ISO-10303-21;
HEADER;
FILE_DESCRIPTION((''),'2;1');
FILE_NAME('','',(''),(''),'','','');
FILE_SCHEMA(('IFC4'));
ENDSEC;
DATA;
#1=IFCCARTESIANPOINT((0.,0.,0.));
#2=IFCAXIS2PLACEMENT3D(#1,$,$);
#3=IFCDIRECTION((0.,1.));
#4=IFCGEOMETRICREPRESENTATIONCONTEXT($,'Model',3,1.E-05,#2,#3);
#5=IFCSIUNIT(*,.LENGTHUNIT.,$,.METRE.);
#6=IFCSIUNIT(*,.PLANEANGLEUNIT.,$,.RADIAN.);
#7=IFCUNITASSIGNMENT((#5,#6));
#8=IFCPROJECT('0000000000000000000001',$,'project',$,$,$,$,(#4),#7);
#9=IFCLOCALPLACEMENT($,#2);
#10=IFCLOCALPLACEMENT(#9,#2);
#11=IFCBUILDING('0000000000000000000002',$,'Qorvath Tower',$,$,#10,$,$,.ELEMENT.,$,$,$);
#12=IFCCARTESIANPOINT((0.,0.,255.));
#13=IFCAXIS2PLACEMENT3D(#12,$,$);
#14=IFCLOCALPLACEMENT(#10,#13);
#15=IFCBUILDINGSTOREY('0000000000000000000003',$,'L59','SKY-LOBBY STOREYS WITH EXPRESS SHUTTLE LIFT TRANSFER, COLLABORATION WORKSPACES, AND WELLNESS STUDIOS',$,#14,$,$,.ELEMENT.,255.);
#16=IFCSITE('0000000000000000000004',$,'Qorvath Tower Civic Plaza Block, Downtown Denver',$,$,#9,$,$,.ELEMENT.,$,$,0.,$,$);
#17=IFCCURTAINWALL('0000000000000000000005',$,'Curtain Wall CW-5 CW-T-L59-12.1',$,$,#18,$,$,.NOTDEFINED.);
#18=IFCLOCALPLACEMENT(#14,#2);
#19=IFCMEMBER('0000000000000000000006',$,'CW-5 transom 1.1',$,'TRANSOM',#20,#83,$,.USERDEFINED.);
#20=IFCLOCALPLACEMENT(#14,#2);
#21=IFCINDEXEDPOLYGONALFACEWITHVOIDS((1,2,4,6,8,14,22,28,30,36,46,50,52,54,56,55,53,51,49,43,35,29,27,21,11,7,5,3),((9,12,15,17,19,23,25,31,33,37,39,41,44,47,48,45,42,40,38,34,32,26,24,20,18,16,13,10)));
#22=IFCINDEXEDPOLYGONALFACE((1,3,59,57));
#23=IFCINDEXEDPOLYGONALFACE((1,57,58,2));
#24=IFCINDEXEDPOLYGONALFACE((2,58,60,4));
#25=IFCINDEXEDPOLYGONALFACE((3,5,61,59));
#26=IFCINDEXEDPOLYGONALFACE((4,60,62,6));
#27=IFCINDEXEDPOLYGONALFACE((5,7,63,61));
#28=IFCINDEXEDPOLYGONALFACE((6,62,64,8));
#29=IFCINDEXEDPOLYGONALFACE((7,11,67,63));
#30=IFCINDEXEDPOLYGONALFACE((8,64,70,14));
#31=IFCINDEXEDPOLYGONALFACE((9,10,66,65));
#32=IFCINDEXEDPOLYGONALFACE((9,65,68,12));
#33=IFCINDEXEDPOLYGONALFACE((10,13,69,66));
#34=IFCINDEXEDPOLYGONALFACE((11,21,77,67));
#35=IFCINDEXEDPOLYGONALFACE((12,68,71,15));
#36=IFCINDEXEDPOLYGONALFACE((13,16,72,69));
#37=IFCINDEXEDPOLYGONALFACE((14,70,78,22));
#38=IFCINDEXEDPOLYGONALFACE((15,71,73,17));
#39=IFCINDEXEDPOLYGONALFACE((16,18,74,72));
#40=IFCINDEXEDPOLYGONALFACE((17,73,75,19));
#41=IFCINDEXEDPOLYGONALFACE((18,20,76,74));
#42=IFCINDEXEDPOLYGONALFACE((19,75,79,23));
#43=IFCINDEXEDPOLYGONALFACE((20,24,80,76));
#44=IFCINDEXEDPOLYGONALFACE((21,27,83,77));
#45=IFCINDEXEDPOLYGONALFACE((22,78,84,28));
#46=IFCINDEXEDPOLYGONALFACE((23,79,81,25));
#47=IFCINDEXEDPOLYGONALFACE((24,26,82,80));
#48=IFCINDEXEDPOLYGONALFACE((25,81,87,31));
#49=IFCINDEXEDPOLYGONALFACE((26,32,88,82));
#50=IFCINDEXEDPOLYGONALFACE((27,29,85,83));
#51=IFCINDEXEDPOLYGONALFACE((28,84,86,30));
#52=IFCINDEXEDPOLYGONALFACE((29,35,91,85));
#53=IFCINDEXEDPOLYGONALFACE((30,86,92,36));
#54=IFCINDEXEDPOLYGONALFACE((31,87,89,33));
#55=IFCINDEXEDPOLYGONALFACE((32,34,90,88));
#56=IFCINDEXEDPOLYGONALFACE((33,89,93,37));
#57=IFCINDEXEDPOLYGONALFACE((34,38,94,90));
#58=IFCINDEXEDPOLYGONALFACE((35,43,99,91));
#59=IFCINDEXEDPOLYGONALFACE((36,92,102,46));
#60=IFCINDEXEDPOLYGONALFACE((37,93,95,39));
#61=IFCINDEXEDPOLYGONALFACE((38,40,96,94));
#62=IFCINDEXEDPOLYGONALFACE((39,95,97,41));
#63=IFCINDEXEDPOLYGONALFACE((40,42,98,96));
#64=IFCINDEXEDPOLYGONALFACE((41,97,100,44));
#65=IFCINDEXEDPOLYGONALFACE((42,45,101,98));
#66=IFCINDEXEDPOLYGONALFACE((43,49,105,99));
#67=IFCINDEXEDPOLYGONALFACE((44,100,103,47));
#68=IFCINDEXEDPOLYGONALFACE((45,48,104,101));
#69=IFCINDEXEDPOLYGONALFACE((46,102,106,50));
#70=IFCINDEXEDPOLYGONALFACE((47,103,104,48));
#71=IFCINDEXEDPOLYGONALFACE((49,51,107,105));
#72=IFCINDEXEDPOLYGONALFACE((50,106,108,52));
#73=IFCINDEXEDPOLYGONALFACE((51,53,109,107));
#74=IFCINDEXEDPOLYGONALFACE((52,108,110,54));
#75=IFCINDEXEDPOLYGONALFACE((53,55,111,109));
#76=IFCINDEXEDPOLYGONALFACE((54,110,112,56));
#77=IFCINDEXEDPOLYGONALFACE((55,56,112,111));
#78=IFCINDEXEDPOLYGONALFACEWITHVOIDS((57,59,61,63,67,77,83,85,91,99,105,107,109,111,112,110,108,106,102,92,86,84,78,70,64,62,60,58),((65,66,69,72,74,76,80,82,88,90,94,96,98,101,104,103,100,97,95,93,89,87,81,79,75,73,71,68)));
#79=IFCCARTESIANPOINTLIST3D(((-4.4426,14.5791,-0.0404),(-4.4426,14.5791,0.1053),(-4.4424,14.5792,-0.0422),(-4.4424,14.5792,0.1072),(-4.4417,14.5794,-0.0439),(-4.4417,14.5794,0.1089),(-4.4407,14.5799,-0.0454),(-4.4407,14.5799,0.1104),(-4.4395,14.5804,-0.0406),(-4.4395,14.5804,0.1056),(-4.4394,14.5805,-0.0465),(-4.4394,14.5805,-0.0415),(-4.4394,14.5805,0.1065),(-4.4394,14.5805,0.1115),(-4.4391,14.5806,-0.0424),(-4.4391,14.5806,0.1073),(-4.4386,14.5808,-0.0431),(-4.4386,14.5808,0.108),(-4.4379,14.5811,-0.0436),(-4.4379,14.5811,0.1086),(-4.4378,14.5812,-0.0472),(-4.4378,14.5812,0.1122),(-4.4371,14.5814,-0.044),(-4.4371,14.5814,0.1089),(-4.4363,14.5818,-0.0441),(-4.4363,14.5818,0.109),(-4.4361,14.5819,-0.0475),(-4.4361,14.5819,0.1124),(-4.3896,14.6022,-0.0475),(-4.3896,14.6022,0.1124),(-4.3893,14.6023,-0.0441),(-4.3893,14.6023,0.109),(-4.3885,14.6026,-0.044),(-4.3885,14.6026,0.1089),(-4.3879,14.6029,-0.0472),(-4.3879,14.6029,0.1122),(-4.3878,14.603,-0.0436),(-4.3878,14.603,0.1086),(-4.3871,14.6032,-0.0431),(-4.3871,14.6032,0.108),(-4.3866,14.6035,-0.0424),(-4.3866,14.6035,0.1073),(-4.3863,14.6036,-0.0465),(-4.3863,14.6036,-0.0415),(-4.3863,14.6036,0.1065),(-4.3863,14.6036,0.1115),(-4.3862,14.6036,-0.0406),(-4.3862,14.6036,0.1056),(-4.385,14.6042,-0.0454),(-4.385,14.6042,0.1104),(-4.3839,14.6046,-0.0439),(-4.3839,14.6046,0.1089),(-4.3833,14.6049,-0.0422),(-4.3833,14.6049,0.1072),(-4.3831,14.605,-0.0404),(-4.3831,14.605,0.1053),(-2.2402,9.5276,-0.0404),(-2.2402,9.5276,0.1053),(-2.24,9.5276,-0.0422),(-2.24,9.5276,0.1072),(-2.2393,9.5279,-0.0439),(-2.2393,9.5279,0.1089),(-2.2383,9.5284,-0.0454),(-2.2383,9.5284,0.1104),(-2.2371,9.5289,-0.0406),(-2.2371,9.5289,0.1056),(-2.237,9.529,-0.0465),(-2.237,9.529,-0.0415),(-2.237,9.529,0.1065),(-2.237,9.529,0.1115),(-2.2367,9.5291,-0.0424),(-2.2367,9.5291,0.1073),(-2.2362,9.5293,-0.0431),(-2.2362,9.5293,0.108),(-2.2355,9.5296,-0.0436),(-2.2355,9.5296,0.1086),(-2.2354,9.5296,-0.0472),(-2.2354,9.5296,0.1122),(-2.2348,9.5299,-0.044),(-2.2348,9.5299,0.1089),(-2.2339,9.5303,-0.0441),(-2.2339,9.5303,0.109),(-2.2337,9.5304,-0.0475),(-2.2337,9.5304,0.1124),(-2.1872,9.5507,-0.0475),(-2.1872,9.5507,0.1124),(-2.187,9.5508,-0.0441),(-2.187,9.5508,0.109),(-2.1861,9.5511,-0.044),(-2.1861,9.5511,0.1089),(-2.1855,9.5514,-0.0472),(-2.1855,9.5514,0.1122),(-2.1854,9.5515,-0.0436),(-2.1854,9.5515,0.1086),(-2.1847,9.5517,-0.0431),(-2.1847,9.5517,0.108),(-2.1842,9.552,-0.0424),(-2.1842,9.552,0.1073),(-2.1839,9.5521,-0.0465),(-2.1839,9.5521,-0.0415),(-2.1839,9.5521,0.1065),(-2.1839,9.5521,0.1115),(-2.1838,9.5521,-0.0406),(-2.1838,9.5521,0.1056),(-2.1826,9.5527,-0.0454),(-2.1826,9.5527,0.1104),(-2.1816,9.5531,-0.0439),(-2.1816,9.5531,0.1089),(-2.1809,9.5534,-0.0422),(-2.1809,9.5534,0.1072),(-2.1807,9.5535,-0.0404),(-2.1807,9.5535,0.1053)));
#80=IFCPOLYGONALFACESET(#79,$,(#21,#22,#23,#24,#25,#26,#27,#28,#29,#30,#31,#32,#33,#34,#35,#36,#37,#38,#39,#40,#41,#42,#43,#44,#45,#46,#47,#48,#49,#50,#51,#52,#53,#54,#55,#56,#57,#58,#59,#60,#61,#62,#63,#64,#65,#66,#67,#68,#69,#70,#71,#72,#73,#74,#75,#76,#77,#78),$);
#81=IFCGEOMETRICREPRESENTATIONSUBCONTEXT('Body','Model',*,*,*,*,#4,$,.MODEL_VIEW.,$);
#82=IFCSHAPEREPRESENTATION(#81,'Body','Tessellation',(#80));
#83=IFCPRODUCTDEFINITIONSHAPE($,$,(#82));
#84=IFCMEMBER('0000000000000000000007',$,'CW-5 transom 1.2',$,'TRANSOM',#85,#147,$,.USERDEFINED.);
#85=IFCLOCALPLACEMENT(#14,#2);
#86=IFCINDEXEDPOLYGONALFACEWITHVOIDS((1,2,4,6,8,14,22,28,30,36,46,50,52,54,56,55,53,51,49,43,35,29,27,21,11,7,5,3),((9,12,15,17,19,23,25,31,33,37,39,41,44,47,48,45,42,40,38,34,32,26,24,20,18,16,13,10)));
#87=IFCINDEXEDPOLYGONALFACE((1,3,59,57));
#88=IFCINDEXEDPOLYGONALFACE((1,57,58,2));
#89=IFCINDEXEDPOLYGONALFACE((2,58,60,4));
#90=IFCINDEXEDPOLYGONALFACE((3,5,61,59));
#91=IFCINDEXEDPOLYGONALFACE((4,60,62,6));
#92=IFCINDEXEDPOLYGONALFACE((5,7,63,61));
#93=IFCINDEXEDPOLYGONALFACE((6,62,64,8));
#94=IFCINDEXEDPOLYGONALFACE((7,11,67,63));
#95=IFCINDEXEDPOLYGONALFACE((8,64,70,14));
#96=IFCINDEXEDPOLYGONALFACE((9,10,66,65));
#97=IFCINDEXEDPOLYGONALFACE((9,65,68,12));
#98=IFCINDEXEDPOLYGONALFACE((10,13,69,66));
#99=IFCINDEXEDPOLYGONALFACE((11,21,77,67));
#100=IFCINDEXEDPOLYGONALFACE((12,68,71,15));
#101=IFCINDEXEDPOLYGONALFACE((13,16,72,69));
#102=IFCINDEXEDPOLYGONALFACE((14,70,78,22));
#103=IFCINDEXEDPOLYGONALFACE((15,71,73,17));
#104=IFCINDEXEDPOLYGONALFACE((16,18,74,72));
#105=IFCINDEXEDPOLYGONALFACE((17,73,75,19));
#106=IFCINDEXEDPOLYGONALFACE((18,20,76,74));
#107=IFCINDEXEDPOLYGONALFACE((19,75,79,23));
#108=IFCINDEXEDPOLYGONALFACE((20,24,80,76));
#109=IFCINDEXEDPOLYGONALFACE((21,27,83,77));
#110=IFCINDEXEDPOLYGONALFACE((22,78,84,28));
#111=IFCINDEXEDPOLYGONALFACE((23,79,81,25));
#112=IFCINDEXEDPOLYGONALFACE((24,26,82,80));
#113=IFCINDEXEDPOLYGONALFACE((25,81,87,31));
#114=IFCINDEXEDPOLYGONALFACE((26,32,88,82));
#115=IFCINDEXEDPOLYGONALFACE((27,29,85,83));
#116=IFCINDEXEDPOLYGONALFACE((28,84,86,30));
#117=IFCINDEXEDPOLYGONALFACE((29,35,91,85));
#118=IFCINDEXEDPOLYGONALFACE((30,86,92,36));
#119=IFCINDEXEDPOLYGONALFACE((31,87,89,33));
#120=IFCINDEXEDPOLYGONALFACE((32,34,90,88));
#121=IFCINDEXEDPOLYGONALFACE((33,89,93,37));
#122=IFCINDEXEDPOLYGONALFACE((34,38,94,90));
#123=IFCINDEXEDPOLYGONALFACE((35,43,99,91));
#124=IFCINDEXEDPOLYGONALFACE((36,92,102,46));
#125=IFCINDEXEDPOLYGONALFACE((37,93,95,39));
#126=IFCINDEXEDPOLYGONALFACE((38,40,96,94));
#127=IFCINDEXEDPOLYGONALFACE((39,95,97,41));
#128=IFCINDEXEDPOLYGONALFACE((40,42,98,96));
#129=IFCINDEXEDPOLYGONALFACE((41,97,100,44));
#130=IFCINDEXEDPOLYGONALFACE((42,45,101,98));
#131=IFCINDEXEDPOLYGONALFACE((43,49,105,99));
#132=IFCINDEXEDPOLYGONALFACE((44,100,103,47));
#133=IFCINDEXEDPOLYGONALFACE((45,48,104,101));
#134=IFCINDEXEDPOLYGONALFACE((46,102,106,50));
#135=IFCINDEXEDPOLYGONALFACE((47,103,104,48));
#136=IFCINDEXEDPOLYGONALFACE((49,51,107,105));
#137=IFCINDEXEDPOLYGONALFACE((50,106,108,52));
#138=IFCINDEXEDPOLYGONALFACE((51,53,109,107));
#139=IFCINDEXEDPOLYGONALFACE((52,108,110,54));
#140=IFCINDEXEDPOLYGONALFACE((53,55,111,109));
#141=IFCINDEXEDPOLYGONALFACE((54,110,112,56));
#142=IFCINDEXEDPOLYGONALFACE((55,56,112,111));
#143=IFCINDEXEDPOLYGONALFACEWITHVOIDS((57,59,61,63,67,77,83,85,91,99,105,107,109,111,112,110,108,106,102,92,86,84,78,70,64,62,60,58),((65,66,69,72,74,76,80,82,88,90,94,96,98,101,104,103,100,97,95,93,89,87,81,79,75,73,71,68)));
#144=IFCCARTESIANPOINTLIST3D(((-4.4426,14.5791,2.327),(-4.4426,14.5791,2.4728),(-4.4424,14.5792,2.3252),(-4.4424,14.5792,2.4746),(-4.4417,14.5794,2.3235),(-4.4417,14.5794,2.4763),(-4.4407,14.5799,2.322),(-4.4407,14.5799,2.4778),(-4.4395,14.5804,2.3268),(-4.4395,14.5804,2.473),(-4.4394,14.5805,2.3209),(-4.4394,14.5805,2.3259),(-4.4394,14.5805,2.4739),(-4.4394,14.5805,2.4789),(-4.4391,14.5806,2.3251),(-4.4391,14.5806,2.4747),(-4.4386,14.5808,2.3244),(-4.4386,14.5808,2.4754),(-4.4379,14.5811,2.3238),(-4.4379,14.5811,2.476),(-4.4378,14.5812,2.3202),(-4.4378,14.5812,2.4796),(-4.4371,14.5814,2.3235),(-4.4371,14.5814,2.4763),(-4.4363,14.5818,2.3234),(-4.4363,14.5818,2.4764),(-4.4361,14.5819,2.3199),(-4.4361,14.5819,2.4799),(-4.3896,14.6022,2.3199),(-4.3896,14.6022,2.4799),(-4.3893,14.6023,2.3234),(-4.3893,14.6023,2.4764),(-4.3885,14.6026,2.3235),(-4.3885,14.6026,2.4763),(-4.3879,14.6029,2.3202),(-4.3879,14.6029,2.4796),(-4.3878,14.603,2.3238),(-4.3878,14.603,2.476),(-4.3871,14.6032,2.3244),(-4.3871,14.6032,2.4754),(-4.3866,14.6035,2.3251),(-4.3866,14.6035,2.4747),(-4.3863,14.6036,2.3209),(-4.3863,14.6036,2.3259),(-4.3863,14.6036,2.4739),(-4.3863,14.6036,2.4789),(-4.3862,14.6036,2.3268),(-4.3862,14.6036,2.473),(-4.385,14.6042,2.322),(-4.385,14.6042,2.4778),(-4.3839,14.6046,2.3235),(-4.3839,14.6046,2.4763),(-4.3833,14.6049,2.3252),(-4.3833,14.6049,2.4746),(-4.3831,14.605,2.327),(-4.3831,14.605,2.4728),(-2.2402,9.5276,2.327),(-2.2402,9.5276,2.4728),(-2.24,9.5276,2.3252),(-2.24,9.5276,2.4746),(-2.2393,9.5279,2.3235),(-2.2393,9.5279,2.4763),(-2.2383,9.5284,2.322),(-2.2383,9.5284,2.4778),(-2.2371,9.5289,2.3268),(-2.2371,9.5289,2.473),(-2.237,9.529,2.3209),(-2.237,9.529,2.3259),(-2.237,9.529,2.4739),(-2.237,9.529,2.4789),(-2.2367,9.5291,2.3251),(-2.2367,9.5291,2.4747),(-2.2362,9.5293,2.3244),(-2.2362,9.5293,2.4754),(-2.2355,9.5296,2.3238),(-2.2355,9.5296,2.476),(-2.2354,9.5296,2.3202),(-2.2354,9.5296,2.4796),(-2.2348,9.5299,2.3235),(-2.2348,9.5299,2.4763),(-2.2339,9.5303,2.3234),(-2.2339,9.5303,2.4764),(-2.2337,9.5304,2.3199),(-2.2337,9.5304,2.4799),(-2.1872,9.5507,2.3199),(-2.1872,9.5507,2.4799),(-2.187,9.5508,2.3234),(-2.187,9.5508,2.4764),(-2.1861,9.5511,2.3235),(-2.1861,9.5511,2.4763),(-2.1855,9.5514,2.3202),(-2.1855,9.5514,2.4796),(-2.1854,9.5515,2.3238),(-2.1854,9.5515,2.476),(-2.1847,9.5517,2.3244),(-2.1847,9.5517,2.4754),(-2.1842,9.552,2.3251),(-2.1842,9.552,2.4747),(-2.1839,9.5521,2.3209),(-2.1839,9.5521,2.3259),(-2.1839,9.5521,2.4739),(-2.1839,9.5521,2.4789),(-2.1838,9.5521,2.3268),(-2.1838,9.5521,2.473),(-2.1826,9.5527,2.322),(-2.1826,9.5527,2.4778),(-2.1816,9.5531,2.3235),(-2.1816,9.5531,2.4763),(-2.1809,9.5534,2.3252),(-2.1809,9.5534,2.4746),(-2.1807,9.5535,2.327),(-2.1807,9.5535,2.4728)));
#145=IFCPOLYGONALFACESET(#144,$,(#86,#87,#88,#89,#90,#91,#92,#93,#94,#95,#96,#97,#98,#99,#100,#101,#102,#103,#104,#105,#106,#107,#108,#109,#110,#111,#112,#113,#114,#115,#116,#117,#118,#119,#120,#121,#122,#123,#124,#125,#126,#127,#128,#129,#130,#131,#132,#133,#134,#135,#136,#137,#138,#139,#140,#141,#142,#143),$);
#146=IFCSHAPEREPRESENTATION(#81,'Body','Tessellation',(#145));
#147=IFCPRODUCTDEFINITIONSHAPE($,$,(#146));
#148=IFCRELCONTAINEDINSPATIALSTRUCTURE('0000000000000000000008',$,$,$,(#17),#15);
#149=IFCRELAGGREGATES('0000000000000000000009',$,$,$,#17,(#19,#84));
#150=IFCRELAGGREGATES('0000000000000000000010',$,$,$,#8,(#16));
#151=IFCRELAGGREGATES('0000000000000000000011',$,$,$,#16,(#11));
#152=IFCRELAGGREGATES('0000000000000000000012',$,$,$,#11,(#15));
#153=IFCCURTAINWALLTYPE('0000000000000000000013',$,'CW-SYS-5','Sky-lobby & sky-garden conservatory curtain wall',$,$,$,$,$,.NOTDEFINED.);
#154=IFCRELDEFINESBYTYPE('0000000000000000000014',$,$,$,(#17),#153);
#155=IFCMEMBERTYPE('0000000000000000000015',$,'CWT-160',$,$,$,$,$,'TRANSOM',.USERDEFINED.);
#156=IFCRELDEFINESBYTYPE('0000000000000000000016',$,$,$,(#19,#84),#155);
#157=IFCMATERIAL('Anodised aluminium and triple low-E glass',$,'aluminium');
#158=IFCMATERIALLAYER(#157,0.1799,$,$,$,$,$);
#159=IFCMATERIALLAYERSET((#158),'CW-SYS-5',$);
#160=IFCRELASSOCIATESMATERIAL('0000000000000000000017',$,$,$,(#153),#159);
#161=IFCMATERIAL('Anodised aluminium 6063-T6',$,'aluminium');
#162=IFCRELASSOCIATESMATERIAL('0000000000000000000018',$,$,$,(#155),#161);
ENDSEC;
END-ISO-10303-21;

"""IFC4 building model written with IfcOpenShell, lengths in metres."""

from ifc_helpers import new_model, si_unit, direction, frame, origin, origin_2d, place, context, subcontext, project, spatial, hollow_rectangle, extrude, material, layer, layer_set, material_profile, profile_set, type_object, element, aggregate, save


model = new_model("IFC4")

# Units and contexts
model_context = context("Model", 3, precision=1e-05, world=origin(), true_north=direction((0.0, 1.0)))
body_context = subcontext(model_context, "Body", "Model", "MODEL_VIEW")
ifc_project = project(units=[si_unit("LENGTHUNIT", "METRE"), si_unit("PLANEANGLEUNIT", "RADIAN")], contexts=[model_context])

# Site, building, storey
site_placement = place(None, origin())
site = spatial("IfcSite", under=ifc_project, at=site_placement, Name="Qorvath Tower Civic Plaza Block, Downtown Denver", CompositionType="ELEMENT", RefElevation=0.0)
building_placement = place(site_placement, origin())
building = spatial("IfcBuilding", under=site, at=building_placement, Name="Qorvath Tower", CompositionType="ELEMENT")
storey_placement = place(building_placement, frame((0.0, 0.0, 255.0)))
storey = spatial("IfcBuildingStorey", under=building, at=storey_placement, Name="L59", Description="SKY-LOBBY STOREYS WITH EXPRESS SHUTTLE LIFT TRANSFER, COLLABORATION WORKSPACES, AND WELLNESS STUDIOS", CompositionType="ELEMENT", Elevation=255.0)

# Shared definitions
ifc_material_1 = material(Name="Anodised aluminium and triple low-E glass", Category="aluminium")
ifc_layer_1 = layer(ifc_material_1, 0.1799)
ifc_layer_set_1 = layer_set([ifc_layer_1], Name="CW-SYS-5")
curtain_wall_type = type_object("IfcCurtainWallType", Name="CW-SYS-5", Description="Sky-lobby & sky-garden conservatory curtain wall", PredefinedType="NOTDEFINED", material=ifc_layer_set_1)

# Curtain wall
curtain_wall_1_placement = place(storey_placement, origin())
curtain_wall_1 = element("IfcCurtainWall", 1, at=curtain_wall_1_placement, inside=storey, type_object=curtain_wall_type, Name="Curtain Wall CW-5 CW-T-L59-12.1", PredefinedType="NOTDEFINED")

# Members
ifc_material_2 = material(Name="Anodised aluminium 6063-T6", Category="aluminium")
ifc_material_profile_1 = material_profile(ifc_material_2, hollow_rectangle(XDim=0.0649, YDim=0.1599, WallThickness=0.0034, InnerFilletRadius=0.0034, OuterFilletRadius=0.0071, at=origin_2d()), Name="CWT 160x65")
ifc_profile_set_1 = profile_set([ifc_material_profile_1], Name="Anodised aluminium 6063-T6")
member_type_1 = type_object("IfcMemberType", Name="CWT-160", ElementType="TRANSOM", PredefinedType="USERDEFINED", material=ifc_profile_set_1)
member_1_placement = place(storey_placement, frame((-2.2104, 9.5405, 0.0325), z_axis=(-0.399654, 0.916666, 0.0), x_axis=(-0.916666, -0.399654, 0.0)))
member_1 = element("IfcMember", 2, at=member_1_placement, type_object=member_type_1, Name="CW-5 transom 1.1", ObjectType="TRANSOM", PredefinedType="USERDEFINED", context=body_context, shape_type="SweptSolid", body=[
    extrude(hollow_rectangle(XDim=0.0649, YDim=0.1599, WallThickness=0.0034, InnerFilletRadius=0.0034, OuterFilletRadius=0.0071, at=origin_2d()), origin(), (0.0, 0.0, 1.0), 5.5107),
])
member_2_placement = place(storey_placement, frame((-2.2104, 9.5405, 2.3999), z_axis=(-0.399654, 0.916666, 0.0), x_axis=(-0.916666, -0.399654, 0.0)))
member_2 = element("IfcMember", 3, at=member_2_placement, type_object=member_type_1, Name="CW-5 transom 1.2", ObjectType="TRANSOM", PredefinedType="USERDEFINED", context=body_context, shape_type="SweptSolid", body=[
    extrude(hollow_rectangle(XDim=0.0649, YDim=0.1599, WallThickness=0.0034, InnerFilletRadius=0.0034, OuterFilletRadius=0.0071, at=origin_2d()), origin(), (0.0, 0.0, 1.0), 5.5107),
])

aggregate(curtain_wall_1, [member_1, member_2])

save(model, "model.ifc")
